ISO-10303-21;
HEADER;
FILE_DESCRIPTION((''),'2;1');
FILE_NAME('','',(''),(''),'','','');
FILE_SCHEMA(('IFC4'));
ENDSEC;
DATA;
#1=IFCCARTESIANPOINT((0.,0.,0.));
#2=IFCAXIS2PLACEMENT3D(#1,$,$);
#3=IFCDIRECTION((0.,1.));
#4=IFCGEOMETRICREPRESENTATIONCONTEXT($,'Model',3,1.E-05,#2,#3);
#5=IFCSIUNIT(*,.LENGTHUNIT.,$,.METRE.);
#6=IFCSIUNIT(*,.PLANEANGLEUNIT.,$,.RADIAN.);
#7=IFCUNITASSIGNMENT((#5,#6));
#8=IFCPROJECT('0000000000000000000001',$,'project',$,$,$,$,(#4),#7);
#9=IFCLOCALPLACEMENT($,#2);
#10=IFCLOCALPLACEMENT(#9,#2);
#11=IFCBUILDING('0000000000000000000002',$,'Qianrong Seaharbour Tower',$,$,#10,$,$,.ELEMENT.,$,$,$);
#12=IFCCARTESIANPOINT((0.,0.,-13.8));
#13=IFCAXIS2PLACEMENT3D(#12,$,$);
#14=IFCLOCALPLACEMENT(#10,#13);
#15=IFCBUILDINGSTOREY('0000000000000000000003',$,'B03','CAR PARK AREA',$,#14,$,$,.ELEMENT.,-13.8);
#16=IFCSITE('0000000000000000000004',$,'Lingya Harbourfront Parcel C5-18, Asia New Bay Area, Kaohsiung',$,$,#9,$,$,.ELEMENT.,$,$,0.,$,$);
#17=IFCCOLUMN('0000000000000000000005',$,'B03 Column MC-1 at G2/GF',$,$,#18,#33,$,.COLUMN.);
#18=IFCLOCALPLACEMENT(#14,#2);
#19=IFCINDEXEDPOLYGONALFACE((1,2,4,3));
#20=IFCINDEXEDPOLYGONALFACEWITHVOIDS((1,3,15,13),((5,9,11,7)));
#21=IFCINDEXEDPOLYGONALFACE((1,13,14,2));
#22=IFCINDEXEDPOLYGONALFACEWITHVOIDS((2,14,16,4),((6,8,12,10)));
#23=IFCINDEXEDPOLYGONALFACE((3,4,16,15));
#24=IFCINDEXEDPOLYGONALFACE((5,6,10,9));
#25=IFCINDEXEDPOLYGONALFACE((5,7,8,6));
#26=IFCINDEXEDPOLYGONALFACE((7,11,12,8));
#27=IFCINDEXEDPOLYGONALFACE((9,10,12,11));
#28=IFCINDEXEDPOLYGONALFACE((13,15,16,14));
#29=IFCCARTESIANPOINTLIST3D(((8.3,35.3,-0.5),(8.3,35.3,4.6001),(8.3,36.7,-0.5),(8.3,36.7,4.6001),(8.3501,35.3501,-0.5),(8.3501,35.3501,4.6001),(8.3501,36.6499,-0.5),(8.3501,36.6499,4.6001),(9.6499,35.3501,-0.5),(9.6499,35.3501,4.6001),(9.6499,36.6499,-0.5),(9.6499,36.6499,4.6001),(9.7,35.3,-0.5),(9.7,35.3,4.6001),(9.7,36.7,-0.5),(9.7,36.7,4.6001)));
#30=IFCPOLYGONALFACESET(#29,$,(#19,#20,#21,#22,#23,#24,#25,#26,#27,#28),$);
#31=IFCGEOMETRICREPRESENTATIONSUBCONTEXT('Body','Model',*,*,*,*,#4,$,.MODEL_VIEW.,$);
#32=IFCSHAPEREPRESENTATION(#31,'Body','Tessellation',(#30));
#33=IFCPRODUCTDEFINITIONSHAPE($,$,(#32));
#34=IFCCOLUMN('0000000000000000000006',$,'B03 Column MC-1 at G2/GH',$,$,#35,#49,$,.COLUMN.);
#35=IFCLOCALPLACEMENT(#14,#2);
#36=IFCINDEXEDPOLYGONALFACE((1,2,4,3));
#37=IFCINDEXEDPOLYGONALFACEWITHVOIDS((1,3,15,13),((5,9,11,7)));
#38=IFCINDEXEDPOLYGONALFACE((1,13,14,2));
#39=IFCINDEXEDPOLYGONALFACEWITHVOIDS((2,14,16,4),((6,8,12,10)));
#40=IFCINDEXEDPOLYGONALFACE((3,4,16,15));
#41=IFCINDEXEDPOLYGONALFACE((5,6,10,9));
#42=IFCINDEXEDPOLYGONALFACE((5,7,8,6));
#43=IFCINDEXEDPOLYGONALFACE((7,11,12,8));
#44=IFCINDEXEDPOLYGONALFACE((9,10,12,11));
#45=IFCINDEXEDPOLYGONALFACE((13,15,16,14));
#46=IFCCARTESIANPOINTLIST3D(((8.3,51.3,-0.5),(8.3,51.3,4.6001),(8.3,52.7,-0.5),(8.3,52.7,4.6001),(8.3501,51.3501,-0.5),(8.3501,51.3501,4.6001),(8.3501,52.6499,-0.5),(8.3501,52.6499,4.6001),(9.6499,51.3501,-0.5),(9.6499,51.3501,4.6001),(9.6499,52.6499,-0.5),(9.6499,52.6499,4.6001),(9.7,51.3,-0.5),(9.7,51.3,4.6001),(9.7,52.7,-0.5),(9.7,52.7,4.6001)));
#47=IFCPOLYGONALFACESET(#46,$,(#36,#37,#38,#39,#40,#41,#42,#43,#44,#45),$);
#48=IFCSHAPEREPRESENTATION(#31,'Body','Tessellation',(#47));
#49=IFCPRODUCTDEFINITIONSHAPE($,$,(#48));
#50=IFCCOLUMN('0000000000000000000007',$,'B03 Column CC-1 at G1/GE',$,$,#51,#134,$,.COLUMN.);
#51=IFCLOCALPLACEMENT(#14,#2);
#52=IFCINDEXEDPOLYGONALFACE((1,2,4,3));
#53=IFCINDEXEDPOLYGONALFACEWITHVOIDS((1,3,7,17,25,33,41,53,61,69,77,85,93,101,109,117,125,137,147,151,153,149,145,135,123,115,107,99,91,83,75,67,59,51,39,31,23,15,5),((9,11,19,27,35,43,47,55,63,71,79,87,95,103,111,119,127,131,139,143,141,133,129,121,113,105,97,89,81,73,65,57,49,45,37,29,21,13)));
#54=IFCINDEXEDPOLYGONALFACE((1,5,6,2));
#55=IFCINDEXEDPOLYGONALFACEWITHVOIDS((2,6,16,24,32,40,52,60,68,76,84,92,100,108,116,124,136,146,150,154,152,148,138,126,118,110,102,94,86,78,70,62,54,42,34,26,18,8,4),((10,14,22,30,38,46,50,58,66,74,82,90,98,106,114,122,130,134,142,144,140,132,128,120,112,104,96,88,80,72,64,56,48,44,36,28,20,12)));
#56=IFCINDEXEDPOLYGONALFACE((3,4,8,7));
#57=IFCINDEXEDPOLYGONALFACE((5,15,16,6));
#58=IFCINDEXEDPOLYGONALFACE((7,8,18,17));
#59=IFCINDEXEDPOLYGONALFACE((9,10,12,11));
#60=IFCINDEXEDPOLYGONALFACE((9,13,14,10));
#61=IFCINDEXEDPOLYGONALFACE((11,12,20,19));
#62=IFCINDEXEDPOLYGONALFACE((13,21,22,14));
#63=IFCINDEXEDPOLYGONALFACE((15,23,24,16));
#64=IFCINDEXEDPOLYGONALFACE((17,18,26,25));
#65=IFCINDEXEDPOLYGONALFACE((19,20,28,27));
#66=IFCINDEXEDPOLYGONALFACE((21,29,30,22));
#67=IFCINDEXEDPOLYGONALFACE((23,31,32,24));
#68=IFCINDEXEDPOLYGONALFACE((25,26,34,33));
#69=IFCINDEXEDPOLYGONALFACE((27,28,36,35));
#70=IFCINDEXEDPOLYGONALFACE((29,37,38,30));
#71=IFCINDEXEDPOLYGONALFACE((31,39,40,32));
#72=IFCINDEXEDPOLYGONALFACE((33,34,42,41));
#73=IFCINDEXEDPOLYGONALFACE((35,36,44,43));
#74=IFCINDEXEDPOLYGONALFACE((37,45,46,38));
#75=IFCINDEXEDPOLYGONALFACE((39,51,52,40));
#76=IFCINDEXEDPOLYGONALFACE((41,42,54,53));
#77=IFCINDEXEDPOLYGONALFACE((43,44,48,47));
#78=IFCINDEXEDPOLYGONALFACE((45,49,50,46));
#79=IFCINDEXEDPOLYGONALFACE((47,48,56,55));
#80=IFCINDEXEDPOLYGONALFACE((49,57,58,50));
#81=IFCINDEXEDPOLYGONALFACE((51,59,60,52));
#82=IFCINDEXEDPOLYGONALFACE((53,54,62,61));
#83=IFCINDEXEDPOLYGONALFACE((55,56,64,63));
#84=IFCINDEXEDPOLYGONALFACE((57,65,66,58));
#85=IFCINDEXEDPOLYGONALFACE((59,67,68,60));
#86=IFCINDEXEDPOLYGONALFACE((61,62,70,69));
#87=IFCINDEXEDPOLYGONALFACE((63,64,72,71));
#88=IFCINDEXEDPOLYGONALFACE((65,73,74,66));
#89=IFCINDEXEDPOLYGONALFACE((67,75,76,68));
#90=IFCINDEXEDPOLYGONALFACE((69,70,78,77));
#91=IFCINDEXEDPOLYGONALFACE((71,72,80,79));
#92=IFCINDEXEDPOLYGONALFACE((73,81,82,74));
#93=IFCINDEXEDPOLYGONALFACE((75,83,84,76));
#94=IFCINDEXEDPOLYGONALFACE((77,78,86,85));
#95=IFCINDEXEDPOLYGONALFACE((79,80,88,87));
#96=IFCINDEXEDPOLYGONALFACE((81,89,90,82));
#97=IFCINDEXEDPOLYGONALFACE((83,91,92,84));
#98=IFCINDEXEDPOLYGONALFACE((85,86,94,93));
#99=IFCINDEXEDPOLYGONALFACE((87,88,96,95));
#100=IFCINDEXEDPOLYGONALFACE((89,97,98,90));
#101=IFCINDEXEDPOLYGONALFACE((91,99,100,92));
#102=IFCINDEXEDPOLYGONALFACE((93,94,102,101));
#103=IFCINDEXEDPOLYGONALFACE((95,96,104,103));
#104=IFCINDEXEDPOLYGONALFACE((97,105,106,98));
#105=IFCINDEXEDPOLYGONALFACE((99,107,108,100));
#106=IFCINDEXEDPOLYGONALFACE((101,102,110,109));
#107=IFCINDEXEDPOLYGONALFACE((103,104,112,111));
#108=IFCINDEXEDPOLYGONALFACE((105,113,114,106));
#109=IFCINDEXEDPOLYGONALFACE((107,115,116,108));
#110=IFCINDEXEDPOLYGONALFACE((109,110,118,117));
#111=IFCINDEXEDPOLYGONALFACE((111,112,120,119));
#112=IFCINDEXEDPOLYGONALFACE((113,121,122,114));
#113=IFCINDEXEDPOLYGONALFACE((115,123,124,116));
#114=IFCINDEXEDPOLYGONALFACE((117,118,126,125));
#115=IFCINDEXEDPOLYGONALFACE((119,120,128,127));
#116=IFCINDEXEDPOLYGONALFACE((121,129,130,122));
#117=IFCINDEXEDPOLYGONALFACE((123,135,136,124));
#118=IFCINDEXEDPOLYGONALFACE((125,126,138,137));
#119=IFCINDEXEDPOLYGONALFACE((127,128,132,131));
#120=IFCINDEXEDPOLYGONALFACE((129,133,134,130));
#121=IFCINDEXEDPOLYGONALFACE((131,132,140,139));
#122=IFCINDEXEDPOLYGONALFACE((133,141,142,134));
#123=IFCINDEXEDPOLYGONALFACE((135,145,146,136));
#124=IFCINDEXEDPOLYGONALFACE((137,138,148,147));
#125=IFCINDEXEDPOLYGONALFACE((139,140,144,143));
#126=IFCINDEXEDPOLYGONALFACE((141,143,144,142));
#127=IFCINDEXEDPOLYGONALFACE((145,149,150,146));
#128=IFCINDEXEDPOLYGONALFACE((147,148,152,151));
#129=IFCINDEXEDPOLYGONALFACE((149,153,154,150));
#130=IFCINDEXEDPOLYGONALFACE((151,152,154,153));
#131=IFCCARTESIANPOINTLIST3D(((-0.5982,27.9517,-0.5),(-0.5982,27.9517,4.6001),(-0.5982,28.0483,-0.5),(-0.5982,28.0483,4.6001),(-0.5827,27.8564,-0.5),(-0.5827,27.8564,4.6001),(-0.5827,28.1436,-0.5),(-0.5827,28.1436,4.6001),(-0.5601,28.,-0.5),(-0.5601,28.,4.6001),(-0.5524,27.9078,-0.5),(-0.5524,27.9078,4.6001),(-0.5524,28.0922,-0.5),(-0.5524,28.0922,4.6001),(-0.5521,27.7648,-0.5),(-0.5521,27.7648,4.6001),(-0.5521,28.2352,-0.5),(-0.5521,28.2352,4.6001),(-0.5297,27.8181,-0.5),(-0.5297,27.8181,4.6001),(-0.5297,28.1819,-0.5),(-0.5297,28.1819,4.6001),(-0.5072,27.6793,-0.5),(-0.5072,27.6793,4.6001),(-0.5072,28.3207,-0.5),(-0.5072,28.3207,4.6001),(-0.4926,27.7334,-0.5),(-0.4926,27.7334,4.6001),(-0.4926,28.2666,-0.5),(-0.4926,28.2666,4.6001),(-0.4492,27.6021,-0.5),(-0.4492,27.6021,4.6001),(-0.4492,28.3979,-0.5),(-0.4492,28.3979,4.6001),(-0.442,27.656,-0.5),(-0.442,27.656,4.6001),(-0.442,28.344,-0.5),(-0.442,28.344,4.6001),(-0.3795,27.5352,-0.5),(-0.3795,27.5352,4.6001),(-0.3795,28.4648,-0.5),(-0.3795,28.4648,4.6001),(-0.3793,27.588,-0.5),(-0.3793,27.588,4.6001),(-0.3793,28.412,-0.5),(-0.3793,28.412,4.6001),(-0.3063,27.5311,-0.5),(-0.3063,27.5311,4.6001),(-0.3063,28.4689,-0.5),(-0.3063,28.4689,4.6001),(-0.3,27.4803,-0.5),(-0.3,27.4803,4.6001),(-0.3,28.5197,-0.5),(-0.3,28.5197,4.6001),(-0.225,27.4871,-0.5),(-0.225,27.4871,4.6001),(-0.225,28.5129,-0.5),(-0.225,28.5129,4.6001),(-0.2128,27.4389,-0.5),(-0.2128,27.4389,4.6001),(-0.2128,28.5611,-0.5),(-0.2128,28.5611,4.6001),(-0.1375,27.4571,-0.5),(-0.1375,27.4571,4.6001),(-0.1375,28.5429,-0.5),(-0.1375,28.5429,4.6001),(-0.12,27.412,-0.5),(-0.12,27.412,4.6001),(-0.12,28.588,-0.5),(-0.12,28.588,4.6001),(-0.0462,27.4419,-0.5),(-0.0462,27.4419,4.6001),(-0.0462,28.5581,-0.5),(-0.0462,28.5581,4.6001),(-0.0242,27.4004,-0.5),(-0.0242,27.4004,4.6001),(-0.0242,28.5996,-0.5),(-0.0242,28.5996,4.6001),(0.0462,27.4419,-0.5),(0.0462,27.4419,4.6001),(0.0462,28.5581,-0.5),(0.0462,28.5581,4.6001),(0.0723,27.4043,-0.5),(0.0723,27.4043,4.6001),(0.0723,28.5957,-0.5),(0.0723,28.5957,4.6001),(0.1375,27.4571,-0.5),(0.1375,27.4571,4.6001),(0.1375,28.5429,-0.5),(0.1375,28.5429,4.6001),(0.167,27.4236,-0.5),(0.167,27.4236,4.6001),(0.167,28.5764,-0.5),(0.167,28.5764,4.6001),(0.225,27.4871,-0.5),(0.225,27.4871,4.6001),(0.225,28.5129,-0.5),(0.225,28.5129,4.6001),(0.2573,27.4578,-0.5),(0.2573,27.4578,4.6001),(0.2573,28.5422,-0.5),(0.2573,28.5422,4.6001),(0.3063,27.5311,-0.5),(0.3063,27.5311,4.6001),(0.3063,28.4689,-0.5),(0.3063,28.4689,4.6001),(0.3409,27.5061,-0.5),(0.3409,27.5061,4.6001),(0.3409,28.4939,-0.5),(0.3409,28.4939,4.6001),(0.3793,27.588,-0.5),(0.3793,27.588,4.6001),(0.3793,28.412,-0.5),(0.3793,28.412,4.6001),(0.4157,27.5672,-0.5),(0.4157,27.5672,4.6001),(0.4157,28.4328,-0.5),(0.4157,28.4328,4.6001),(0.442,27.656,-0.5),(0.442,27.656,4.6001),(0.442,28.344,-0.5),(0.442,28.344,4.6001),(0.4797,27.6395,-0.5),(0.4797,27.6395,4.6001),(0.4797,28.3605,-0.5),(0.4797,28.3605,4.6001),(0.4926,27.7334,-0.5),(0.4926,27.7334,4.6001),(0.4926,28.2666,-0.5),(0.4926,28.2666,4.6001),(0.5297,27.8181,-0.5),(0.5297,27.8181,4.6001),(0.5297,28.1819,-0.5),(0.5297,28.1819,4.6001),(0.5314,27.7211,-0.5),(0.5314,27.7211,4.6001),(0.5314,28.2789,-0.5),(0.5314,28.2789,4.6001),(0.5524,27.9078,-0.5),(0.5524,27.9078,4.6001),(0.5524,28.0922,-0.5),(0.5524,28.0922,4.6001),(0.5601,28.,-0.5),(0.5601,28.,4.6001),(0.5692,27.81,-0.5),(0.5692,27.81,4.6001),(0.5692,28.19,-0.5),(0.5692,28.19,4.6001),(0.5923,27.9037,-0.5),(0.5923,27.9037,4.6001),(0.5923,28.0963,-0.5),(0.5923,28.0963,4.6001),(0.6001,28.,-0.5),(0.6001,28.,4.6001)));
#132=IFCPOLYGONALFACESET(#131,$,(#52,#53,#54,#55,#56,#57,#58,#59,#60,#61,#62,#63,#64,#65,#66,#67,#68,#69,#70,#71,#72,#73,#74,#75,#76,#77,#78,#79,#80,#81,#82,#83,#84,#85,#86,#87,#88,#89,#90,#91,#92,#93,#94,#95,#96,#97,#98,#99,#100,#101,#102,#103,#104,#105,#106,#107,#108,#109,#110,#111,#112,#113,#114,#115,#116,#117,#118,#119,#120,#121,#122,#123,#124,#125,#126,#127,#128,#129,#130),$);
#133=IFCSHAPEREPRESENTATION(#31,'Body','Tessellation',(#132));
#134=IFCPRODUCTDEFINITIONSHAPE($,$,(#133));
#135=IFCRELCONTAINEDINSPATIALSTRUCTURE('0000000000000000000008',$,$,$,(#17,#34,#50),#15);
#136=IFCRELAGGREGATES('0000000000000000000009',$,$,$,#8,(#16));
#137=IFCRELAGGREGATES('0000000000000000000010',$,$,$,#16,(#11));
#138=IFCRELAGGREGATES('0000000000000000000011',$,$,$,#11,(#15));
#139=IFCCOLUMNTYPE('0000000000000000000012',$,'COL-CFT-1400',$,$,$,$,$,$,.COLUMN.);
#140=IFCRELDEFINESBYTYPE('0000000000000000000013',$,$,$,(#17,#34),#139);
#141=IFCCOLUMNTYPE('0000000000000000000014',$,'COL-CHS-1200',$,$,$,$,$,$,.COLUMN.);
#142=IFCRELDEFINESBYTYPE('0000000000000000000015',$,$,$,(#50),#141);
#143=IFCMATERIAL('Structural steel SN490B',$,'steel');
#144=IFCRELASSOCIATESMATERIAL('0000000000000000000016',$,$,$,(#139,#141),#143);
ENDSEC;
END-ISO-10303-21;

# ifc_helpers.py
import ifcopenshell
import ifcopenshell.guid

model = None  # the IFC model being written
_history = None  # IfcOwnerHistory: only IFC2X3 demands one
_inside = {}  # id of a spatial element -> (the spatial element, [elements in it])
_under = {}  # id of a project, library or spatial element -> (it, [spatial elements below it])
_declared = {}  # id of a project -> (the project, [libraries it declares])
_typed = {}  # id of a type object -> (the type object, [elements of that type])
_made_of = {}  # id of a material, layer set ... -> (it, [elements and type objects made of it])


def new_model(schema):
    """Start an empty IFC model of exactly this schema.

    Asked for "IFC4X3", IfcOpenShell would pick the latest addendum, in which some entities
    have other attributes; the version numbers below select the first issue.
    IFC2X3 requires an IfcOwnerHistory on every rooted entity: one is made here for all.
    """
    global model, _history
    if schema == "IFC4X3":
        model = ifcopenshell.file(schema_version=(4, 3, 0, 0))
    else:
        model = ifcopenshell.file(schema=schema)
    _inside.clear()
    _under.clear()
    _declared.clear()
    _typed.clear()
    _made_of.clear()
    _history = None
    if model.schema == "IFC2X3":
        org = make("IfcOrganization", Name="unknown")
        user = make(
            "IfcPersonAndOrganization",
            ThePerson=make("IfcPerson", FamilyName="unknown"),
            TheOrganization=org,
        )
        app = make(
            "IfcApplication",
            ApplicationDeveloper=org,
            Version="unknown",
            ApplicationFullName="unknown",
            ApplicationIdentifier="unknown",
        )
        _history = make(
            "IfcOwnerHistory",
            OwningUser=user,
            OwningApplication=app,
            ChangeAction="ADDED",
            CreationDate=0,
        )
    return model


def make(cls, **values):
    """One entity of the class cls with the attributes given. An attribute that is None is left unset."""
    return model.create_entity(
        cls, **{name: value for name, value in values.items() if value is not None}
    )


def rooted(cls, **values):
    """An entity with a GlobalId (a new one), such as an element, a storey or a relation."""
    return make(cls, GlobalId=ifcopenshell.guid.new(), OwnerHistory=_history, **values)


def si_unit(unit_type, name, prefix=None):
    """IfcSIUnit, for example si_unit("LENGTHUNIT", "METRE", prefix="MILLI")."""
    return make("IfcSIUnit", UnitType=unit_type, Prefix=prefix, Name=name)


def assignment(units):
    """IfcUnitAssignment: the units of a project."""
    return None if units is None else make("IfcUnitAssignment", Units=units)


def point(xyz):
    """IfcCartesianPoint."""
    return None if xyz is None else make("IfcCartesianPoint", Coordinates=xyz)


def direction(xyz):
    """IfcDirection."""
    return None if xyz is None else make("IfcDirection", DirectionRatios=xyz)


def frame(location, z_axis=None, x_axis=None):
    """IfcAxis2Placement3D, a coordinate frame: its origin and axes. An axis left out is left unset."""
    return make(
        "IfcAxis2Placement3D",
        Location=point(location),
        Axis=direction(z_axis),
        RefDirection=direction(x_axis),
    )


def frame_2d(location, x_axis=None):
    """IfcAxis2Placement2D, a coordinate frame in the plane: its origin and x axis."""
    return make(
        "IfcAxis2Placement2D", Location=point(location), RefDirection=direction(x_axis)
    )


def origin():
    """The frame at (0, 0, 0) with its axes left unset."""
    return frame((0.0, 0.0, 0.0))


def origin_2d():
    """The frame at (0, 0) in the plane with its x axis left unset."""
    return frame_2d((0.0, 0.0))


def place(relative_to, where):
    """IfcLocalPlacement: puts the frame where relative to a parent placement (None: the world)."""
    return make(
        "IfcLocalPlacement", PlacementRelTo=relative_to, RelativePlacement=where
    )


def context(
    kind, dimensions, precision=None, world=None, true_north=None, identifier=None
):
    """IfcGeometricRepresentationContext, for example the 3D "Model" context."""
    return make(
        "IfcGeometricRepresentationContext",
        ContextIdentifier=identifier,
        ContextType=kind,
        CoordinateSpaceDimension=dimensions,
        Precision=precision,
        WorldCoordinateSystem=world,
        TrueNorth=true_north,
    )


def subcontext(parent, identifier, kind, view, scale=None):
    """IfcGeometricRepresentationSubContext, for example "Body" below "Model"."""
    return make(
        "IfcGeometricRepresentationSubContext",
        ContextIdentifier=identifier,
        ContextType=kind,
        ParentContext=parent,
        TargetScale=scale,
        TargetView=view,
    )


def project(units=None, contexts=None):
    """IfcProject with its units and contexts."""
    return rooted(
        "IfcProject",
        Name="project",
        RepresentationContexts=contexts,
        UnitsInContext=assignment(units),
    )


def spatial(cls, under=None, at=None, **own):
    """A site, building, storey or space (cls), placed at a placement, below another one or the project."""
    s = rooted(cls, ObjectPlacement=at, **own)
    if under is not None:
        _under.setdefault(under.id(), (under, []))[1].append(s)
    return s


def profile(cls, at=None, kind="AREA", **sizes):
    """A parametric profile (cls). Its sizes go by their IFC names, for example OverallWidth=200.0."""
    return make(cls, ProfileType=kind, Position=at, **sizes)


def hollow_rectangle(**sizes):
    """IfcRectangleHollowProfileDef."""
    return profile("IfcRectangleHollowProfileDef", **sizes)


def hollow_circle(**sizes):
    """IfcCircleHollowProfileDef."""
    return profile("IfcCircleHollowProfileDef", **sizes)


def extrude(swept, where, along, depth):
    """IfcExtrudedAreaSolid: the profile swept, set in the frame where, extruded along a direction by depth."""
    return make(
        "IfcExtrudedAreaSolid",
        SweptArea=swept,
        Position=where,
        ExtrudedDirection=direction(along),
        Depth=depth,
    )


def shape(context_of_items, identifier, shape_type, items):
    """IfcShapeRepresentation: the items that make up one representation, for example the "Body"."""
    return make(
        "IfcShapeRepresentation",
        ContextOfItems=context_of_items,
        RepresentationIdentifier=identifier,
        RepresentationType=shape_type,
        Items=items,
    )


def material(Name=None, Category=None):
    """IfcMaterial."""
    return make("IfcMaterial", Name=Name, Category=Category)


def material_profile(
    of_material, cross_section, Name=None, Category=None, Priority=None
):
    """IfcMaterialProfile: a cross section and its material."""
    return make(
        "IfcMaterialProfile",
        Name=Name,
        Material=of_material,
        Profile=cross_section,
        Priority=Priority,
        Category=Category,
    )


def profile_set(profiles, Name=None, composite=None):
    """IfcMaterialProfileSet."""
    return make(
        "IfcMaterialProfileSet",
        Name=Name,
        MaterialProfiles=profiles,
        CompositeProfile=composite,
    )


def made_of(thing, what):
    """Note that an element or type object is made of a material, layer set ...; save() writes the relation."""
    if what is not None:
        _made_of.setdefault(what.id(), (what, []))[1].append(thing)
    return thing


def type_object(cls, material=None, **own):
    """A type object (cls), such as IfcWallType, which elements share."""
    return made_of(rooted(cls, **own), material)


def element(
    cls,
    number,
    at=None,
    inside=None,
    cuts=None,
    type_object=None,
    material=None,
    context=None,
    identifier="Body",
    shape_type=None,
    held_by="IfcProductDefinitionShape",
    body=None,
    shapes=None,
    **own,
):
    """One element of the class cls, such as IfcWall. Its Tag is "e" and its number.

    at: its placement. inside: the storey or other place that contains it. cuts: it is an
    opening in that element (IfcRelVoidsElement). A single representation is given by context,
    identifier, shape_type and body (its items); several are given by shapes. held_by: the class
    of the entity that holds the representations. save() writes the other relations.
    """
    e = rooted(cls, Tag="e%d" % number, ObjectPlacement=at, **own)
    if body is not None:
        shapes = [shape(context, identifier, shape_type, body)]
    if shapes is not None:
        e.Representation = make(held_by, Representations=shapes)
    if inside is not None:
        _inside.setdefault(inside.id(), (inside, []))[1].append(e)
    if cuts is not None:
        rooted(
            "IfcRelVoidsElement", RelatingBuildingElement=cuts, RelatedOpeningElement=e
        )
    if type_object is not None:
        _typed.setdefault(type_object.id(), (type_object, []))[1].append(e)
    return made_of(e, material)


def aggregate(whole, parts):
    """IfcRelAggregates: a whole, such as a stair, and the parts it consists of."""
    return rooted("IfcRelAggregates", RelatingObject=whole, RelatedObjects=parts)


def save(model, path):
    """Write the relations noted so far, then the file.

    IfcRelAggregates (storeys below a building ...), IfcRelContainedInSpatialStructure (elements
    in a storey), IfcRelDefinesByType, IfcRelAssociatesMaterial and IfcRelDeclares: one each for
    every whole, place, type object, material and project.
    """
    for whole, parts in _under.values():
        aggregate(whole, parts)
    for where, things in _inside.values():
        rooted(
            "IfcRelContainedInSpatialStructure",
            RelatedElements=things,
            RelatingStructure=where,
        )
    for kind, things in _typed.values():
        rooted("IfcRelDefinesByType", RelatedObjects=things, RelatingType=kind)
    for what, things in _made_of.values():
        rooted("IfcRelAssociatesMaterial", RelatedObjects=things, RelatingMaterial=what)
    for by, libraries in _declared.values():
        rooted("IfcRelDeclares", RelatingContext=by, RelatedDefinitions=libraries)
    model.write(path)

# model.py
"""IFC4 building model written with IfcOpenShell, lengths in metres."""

from ifc_helpers import new_model, si_unit, direction, frame, origin, origin_2d, place, context, subcontext, project, spatial, hollow_rectangle, hollow_circle, extrude, material, material_profile, profile_set, type_object, element, save


model = new_model("IFC4")

# Units and contexts
model_context = context("Model", 3, precision=1e-05, world=origin(), true_north=direction((0.0, 1.0)))
body_context = subcontext(model_context, "Body", "Model", "MODEL_VIEW")
ifc_project = project(units=[si_unit("LENGTHUNIT", "METRE"), si_unit("PLANEANGLEUNIT", "RADIAN")], contexts=[model_context])

# Site, building, storey
site_placement = place(None, origin())
site = spatial("IfcSite", under=ifc_project, at=site_placement, Name="Lingya Harbourfront Parcel C5-18, Asia New Bay Area, Kaohsiung", CompositionType="ELEMENT", RefElevation=0.0)
building_placement = place(site_placement, origin())
building = spatial("IfcBuilding", under=site, at=building_placement, Name="Qianrong Seaharbour Tower", CompositionType="ELEMENT")
storey_placement = place(building_placement, frame((0.0, 0.0, -13.8)))
storey = spatial("IfcBuildingStorey", under=building, at=storey_placement, Name="B03", Description="CAR PARK AREA", CompositionType="ELEMENT", Elevation=-13.8)

# Columns
ifc_material_1 = material(Name="Structural steel SN490B", Category="steel")
ifc_material_profile_1 = material_profile(ifc_material_1, hollow_rectangle(XDim=1.3999, YDim=1.3999, WallThickness=0.05, at=origin_2d()), Name="BOX1400x1400x50")
ifc_profile_set_1 = profile_set([ifc_material_profile_1], Name="Structural steel SN490B")
column_type_1 = type_object("IfcColumnType", Name="COL-CFT-1400", PredefinedType="COLUMN", material=ifc_profile_set_1)
for number, where, z_axis, x_axis, name in (
    (1, (9.0, 36.0, -0.5), (0.0, 0.0, 1.0), (1.0, 0.0, 0.0), "B03 Column MC-1 at G2/GF"),
    (2, (9.0, 52.0, -0.5), (0.0, 0.0, 1.0), (1.0, 0.0, 0.0), "B03 Column MC-1 at G2/GH"),
):
    element("IfcColumn", number, at=place(storey_placement, frame(where, z_axis=z_axis, x_axis=x_axis)), inside=storey, type_object=column_type_1, Name=name, PredefinedType="COLUMN", context=body_context, shape_type="SweptSolid", body=[
        extrude(hollow_rectangle(XDim=1.3999, YDim=1.3999, WallThickness=0.05, at=origin_2d()), origin(), (0.0, 0.0, 1.0), 5.1001),
    ])
ifc_material_profile_2 = material_profile(ifc_material_1, hollow_circle(Radius=0.6001, WallThickness=0.04, at=origin_2d()), Name="CHS1200x40")
ifc_profile_set_2 = profile_set([ifc_material_profile_2], Name="Structural steel SN490B")
column_type_2 = type_object("IfcColumnType", Name="COL-CHS-1200", PredefinedType="COLUMN", material=ifc_profile_set_2)
for number, where, z_axis, x_axis, name in (
    (3, (0.0, 28.0, -0.5), (0.0, 0.0, 1.0), (1.0, 0.0, 0.0), "B03 Column CC-1 at G1/GE"),
):
    element("IfcColumn", number, at=place(storey_placement, frame(where, z_axis=z_axis, x_axis=x_axis)), inside=storey, type_object=column_type_2, Name=name, PredefinedType="COLUMN", context=body_context, shape_type="SweptSolid", body=[
        extrude(hollow_circle(Radius=0.6001, WallThickness=0.04, at=origin_2d()), origin(), (0.0, 0.0, 1.0), 5.1001),
    ])

save(model, "model.ifc")
